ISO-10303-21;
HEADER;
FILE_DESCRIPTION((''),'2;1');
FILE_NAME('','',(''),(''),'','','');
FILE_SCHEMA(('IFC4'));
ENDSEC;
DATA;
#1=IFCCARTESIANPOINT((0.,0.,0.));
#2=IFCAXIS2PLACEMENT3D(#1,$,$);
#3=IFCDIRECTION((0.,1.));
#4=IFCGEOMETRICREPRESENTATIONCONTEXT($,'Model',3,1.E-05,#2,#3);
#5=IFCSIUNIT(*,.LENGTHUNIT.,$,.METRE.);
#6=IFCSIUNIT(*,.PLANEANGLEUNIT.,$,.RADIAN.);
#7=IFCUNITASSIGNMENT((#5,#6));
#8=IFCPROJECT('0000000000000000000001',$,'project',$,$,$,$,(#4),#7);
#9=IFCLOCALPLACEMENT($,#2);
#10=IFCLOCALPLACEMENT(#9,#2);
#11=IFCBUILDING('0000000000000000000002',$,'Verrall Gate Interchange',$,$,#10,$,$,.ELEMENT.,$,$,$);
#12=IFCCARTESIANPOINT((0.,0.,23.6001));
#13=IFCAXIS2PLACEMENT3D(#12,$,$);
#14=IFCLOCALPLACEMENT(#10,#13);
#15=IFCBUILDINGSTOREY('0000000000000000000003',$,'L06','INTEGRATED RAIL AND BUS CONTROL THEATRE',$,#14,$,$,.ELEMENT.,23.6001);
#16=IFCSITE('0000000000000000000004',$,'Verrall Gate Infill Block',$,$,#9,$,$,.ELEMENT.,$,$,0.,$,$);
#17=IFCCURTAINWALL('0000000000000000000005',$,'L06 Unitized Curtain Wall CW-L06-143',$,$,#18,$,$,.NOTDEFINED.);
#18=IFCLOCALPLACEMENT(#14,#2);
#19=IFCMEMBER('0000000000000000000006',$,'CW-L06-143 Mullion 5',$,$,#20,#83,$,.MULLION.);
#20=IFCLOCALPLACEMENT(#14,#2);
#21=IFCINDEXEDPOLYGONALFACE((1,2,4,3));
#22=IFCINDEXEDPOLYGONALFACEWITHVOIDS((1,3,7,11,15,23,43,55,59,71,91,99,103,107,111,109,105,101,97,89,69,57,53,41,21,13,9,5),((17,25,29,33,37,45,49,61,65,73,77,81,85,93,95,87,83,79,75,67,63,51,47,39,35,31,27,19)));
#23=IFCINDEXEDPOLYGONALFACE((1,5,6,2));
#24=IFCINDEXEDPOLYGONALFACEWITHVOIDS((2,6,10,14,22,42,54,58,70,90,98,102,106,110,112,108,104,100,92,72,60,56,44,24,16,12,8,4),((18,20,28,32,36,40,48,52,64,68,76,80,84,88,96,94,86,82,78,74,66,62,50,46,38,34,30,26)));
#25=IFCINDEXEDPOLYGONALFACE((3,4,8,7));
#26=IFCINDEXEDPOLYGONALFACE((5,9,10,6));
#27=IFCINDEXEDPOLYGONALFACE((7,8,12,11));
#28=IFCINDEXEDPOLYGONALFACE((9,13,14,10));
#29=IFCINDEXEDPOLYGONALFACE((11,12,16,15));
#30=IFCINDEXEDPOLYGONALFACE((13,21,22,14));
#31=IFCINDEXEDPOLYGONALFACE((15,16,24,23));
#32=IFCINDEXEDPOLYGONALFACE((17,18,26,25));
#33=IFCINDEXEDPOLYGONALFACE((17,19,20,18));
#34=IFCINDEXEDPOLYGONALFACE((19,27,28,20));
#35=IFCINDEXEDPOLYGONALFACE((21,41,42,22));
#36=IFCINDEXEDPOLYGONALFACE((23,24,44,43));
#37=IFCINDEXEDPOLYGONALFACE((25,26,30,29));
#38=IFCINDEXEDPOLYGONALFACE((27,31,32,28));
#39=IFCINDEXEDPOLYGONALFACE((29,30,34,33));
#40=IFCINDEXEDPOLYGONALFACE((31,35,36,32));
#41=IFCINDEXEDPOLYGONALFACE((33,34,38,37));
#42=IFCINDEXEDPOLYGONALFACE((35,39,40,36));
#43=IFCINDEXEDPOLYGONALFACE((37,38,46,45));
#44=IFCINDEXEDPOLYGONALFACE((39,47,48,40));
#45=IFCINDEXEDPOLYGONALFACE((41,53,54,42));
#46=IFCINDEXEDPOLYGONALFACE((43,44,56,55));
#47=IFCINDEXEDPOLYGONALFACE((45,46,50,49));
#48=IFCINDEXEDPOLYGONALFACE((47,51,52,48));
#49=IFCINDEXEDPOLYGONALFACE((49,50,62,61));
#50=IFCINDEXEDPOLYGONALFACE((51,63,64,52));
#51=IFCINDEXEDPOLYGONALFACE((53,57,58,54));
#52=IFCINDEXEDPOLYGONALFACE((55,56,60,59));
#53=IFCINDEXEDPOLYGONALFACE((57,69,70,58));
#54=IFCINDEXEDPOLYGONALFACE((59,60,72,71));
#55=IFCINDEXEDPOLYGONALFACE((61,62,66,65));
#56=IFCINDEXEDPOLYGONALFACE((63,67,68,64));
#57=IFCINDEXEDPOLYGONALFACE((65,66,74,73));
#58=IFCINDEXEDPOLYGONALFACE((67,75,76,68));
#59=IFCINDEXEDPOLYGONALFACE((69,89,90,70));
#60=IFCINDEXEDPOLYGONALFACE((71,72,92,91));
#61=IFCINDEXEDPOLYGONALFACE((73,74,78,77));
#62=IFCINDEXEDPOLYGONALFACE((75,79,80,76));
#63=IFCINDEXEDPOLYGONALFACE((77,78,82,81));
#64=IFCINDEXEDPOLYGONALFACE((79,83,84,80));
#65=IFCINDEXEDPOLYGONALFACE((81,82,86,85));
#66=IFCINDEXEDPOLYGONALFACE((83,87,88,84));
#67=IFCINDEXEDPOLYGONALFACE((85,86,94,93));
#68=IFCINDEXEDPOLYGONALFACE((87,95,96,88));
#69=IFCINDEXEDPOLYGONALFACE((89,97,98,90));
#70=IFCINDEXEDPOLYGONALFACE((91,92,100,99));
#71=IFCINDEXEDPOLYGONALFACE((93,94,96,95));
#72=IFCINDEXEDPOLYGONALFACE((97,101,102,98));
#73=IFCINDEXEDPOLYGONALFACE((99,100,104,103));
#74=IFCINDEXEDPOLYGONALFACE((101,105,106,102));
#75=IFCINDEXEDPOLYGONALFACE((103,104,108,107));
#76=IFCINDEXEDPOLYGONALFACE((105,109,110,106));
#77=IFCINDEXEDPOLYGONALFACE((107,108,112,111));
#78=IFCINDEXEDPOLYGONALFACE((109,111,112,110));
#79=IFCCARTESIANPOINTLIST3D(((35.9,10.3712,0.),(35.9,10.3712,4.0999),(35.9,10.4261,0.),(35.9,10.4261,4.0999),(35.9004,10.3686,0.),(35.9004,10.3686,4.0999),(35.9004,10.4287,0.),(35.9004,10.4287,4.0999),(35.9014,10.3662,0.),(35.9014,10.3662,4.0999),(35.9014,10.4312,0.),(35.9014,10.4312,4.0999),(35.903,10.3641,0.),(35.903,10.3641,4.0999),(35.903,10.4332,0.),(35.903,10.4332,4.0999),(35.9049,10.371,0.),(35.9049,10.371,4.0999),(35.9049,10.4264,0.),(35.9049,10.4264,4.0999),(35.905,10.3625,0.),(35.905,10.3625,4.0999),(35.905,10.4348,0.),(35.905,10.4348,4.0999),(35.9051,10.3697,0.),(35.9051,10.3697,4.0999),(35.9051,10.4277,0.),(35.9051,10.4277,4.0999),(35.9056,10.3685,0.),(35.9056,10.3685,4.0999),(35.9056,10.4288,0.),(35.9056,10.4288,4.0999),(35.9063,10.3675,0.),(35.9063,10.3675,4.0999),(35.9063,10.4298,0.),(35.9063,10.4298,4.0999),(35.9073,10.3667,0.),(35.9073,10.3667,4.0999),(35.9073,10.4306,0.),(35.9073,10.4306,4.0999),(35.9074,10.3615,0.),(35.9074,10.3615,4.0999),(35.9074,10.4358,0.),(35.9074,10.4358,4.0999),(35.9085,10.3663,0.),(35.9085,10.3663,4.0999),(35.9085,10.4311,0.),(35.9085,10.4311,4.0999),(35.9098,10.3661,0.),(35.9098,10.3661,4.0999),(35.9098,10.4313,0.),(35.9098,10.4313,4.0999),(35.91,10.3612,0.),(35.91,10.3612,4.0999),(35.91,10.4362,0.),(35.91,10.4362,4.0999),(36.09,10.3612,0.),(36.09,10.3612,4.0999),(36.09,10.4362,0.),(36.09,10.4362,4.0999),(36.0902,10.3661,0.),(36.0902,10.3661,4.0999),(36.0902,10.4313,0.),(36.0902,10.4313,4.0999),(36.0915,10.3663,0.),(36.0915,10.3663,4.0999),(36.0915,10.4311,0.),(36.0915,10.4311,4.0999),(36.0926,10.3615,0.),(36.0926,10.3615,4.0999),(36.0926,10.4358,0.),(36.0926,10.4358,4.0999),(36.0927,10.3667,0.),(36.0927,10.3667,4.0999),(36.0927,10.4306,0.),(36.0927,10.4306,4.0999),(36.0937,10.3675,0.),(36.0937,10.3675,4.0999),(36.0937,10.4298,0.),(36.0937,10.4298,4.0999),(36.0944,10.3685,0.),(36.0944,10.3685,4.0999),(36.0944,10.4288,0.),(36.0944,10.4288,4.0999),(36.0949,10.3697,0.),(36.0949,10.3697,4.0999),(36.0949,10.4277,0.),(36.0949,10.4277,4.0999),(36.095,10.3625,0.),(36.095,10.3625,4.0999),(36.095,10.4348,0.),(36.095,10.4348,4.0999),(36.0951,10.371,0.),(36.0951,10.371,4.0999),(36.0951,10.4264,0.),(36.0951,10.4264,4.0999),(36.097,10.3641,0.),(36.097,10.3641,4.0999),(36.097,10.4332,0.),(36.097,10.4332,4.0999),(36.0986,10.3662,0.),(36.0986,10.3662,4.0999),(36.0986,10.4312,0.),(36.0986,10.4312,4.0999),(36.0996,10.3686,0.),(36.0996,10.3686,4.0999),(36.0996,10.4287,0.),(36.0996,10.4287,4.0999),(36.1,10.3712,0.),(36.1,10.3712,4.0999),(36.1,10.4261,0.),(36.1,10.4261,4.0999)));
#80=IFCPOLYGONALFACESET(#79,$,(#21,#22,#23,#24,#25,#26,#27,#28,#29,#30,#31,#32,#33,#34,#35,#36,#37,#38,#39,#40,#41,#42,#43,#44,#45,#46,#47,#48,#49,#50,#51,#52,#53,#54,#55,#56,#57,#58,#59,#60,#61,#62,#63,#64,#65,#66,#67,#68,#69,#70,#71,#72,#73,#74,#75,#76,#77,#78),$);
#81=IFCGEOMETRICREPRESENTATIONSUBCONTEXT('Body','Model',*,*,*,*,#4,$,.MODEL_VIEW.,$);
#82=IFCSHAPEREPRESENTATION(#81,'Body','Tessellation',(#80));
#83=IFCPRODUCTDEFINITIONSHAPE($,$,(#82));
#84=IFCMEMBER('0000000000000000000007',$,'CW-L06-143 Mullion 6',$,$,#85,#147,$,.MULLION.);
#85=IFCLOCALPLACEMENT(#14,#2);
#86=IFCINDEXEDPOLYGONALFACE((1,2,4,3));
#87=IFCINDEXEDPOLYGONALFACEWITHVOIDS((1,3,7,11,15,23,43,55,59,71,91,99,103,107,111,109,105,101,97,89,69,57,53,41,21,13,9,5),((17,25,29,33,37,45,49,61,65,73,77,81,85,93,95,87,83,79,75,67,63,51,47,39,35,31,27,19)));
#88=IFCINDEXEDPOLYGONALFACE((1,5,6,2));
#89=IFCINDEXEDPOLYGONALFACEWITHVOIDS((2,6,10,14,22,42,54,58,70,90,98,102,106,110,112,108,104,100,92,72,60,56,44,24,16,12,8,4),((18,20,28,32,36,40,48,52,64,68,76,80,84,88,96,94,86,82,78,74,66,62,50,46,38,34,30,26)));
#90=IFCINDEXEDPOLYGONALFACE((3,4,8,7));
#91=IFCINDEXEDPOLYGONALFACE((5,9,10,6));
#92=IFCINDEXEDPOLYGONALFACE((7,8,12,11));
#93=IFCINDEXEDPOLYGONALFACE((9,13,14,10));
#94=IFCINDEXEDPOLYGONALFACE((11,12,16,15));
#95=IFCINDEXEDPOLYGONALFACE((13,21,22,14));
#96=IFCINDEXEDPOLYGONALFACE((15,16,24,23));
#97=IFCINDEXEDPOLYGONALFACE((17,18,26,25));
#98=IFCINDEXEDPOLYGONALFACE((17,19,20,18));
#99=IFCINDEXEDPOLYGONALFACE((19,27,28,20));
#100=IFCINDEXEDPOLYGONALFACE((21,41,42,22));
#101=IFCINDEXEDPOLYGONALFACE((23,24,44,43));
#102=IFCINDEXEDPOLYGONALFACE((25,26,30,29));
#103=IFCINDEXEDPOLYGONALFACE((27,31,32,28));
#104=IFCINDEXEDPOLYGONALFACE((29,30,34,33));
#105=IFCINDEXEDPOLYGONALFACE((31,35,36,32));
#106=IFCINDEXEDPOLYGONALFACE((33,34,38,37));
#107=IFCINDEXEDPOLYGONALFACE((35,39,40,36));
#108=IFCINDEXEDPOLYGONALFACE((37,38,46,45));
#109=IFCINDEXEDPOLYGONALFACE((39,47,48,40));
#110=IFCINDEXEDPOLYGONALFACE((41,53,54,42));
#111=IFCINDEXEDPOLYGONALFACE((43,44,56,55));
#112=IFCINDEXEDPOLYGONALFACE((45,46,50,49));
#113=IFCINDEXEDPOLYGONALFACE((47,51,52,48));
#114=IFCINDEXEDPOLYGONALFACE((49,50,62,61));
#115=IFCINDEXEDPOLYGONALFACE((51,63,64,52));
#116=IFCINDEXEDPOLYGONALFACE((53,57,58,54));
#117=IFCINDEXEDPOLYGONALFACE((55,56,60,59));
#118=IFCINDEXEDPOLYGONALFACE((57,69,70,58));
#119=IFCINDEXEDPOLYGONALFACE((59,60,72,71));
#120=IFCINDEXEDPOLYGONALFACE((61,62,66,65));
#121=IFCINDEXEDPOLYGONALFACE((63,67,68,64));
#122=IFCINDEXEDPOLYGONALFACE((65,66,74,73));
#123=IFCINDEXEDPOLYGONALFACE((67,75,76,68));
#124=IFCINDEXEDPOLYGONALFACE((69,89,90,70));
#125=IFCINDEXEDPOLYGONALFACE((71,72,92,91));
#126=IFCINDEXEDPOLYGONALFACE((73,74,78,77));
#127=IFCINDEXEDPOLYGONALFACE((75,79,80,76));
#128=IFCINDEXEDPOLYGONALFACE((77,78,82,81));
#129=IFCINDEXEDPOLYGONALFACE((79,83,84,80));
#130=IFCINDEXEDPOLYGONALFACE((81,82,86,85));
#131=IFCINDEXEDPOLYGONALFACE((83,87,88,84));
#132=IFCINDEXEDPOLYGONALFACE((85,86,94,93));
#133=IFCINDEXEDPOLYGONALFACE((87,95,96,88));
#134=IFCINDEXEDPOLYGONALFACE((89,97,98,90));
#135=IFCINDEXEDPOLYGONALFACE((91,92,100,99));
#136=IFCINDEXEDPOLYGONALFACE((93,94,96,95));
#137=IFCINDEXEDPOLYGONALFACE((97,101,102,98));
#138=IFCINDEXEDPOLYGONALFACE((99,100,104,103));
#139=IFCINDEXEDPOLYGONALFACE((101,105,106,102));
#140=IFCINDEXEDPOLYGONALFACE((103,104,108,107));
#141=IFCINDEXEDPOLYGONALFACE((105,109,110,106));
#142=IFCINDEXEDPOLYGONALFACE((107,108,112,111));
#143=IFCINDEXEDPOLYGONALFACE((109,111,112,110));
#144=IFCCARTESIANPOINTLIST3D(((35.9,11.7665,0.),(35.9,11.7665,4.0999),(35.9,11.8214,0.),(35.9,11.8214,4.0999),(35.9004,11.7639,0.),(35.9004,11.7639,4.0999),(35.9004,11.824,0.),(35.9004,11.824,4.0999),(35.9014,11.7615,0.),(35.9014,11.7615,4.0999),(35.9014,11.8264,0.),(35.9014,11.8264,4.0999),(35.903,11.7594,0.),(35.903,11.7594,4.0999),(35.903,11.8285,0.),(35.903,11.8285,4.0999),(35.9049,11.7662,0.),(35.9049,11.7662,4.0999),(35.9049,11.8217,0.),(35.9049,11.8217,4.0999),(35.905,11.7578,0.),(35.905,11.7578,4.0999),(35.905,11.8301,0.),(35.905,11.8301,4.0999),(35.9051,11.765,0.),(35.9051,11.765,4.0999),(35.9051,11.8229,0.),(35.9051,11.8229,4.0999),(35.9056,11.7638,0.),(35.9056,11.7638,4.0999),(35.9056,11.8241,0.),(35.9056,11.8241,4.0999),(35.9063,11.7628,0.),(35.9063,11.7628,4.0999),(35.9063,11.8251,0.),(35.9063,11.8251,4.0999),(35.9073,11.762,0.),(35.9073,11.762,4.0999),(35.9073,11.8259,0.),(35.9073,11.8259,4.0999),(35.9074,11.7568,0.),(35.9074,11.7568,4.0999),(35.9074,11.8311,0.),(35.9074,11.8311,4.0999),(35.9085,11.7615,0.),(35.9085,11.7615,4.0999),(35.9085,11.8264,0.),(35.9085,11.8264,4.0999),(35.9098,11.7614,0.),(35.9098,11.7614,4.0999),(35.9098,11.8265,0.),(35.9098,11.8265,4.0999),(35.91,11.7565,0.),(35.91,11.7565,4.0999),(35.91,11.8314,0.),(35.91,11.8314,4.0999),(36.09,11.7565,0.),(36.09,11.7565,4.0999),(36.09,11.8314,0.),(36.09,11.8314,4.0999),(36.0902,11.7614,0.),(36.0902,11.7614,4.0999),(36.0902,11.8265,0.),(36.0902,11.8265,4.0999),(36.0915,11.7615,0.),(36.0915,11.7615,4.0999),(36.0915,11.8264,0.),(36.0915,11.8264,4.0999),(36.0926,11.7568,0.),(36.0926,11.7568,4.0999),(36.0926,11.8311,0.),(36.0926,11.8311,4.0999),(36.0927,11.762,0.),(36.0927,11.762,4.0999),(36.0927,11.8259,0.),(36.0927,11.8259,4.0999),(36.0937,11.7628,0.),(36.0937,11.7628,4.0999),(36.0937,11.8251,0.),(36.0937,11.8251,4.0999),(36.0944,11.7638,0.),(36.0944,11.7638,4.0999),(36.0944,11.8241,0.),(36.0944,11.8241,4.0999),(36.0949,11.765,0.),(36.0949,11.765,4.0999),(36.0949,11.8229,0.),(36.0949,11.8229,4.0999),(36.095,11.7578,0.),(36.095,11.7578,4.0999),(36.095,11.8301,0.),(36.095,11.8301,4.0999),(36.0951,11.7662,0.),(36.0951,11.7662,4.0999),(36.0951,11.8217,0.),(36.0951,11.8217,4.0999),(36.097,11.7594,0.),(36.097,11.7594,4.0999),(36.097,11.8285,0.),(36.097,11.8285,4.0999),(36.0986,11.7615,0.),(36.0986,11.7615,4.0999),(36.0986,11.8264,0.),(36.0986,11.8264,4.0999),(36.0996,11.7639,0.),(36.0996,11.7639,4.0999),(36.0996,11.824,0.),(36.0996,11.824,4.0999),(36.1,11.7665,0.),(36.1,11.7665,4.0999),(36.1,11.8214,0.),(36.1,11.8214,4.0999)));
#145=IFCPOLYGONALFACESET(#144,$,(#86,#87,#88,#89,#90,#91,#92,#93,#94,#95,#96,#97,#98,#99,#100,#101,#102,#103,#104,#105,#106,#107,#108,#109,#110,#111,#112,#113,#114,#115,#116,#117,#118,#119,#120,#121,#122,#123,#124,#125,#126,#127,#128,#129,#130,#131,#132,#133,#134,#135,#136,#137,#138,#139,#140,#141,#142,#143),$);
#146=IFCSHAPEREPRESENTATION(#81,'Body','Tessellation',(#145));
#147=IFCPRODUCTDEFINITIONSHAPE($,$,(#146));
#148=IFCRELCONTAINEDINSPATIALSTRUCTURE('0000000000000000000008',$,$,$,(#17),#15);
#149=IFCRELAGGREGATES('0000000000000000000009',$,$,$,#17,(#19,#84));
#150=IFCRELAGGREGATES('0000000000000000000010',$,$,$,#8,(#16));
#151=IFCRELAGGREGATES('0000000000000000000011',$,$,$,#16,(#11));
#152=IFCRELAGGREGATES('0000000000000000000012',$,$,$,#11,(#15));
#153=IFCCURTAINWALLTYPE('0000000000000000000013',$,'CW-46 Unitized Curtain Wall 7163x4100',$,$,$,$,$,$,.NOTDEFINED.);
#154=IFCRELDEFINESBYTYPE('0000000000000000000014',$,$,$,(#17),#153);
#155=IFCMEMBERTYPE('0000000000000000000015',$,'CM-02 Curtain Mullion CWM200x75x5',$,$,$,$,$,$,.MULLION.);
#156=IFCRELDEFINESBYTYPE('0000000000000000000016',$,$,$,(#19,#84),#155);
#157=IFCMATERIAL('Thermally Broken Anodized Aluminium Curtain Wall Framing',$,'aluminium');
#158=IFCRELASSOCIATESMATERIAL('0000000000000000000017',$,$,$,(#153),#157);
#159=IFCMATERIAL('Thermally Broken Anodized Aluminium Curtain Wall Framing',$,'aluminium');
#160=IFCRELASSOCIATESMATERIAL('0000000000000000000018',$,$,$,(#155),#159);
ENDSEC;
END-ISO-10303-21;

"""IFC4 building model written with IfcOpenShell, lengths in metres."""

from ifc_helpers import new_model, si_unit, direction, frame, origin, origin_2d, place, context, subcontext, project, spatial, hollow_rectangle, extrude, material, material_profile, profile_set, type_object, element, aggregate, save


model = new_model("IFC4")

# Units and contexts
model_context = context("Model", 3, precision=1e-05, world=origin(), true_north=direction((0.0, 1.0)))
body_context = subcontext(model_context, "Body", "Model", "MODEL_VIEW")
ifc_project = project(units=[si_unit("LENGTHUNIT", "METRE"), si_unit("PLANEANGLEUNIT", "RADIAN")], contexts=[model_context])

# Site, building, storey
site_placement = place(None, origin())
site = spatial("IfcSite", under=ifc_project, at=site_placement, Name="Verrall Gate Infill Block", CompositionType="ELEMENT", RefElevation=0.0)
building_placement = place(site_placement, origin())
building = spatial("IfcBuilding", under=site, at=building_placement, Name="Verrall Gate Interchange", CompositionType="ELEMENT")
storey_placement = place(building_placement, frame((0.0, 0.0, 23.6001)))
storey = spatial("IfcBuildingStorey", under=building, at=storey_placement, Name="L06", Description="INTEGRATED RAIL AND BUS CONTROL THEATRE", CompositionType="ELEMENT", Elevation=23.6001)

# Curtain wall, members
ifc_material_1 = material(Name="Thermally Broken Anodized Aluminium Curtain Wall Framing", Category="aluminium")
curtain_wall_type_1 = type_object("IfcCurtainWallType", Name="CW-46 Unitized Curtain Wall 7163x4100", PredefinedType="NOTDEFINED", material=ifc_material_1)
curtain_wall_1_placement = place(storey_placement, origin())
curtain_wall_1 = element("IfcCurtainWall", 1, at=curtain_wall_1_placement, inside=storey, type_object=curtain_wall_type_1, Name="L06 Unitized Curtain Wall CW-L06-143", PredefinedType="NOTDEFINED")
ifc_material_2 = material(Name="Thermally Broken Anodized Aluminium Curtain Wall Framing", Category="aluminium")
ifc_material_profile_1 = material_profile(ifc_material_2, hollow_rectangle(XDim=0.075, YDim=0.2, WallThickness=0.0049, InnerFilletRadius=0.0049, OuterFilletRadius=0.01, at=origin_2d()), Name="CWM200x75x5")
ifc_profile_set_1 = profile_set([ifc_material_profile_1], Name="Thermally Broken Anodized Aluminium Curtain Wall Framing")
member_type_1 = type_object("IfcMemberType", Name="CM-02 Curtain Mullion CWM200x75x5", PredefinedType="MULLION", material=ifc_profile_set_1)
member_1_placement = place(storey_placement, frame((36.0, 10.3987, 0.0), z_axis=(0.0, 0.0, 1.0), x_axis=(0.0, 1.0, 0.0)))
member_1 = element("IfcMember", 2, at=member_1_placement, type_object=member_type_1, Name="CW-L06-143 Mullion 5", PredefinedType="MULLION", context=body_context, shape_type="SweptSolid", body=[
    extrude(hollow_rectangle(XDim=0.075, YDim=0.2, WallThickness=0.0049, InnerFilletRadius=0.0049, OuterFilletRadius=0.01, at=origin_2d()), origin(), (0.0, 0.0, 1.0), 4.0999),
])
member_2_placement = place(storey_placement, frame((36.0, 11.7939, 0.0), z_axis=(0.0, 0.0, 1.0), x_axis=(0.0, 1.0, 0.0)))
member_2 = element("IfcMember", 3, at=member_2_placement, type_object=member_type_1, Name="CW-L06-143 Mullion 6", PredefinedType="MULLION", context=body_context, shape_type="SweptSolid", body=[
    extrude(hollow_rectangle(XDim=0.075, YDim=0.2, WallThickness=0.0049, InnerFilletRadius=0.0049, OuterFilletRadius=0.01, at=origin_2d()), origin(), (0.0, 0.0, 1.0), 4.0999),
])

aggregate(curtain_wall_1, [member_1, member_2])

save(model, "model.ifc")
